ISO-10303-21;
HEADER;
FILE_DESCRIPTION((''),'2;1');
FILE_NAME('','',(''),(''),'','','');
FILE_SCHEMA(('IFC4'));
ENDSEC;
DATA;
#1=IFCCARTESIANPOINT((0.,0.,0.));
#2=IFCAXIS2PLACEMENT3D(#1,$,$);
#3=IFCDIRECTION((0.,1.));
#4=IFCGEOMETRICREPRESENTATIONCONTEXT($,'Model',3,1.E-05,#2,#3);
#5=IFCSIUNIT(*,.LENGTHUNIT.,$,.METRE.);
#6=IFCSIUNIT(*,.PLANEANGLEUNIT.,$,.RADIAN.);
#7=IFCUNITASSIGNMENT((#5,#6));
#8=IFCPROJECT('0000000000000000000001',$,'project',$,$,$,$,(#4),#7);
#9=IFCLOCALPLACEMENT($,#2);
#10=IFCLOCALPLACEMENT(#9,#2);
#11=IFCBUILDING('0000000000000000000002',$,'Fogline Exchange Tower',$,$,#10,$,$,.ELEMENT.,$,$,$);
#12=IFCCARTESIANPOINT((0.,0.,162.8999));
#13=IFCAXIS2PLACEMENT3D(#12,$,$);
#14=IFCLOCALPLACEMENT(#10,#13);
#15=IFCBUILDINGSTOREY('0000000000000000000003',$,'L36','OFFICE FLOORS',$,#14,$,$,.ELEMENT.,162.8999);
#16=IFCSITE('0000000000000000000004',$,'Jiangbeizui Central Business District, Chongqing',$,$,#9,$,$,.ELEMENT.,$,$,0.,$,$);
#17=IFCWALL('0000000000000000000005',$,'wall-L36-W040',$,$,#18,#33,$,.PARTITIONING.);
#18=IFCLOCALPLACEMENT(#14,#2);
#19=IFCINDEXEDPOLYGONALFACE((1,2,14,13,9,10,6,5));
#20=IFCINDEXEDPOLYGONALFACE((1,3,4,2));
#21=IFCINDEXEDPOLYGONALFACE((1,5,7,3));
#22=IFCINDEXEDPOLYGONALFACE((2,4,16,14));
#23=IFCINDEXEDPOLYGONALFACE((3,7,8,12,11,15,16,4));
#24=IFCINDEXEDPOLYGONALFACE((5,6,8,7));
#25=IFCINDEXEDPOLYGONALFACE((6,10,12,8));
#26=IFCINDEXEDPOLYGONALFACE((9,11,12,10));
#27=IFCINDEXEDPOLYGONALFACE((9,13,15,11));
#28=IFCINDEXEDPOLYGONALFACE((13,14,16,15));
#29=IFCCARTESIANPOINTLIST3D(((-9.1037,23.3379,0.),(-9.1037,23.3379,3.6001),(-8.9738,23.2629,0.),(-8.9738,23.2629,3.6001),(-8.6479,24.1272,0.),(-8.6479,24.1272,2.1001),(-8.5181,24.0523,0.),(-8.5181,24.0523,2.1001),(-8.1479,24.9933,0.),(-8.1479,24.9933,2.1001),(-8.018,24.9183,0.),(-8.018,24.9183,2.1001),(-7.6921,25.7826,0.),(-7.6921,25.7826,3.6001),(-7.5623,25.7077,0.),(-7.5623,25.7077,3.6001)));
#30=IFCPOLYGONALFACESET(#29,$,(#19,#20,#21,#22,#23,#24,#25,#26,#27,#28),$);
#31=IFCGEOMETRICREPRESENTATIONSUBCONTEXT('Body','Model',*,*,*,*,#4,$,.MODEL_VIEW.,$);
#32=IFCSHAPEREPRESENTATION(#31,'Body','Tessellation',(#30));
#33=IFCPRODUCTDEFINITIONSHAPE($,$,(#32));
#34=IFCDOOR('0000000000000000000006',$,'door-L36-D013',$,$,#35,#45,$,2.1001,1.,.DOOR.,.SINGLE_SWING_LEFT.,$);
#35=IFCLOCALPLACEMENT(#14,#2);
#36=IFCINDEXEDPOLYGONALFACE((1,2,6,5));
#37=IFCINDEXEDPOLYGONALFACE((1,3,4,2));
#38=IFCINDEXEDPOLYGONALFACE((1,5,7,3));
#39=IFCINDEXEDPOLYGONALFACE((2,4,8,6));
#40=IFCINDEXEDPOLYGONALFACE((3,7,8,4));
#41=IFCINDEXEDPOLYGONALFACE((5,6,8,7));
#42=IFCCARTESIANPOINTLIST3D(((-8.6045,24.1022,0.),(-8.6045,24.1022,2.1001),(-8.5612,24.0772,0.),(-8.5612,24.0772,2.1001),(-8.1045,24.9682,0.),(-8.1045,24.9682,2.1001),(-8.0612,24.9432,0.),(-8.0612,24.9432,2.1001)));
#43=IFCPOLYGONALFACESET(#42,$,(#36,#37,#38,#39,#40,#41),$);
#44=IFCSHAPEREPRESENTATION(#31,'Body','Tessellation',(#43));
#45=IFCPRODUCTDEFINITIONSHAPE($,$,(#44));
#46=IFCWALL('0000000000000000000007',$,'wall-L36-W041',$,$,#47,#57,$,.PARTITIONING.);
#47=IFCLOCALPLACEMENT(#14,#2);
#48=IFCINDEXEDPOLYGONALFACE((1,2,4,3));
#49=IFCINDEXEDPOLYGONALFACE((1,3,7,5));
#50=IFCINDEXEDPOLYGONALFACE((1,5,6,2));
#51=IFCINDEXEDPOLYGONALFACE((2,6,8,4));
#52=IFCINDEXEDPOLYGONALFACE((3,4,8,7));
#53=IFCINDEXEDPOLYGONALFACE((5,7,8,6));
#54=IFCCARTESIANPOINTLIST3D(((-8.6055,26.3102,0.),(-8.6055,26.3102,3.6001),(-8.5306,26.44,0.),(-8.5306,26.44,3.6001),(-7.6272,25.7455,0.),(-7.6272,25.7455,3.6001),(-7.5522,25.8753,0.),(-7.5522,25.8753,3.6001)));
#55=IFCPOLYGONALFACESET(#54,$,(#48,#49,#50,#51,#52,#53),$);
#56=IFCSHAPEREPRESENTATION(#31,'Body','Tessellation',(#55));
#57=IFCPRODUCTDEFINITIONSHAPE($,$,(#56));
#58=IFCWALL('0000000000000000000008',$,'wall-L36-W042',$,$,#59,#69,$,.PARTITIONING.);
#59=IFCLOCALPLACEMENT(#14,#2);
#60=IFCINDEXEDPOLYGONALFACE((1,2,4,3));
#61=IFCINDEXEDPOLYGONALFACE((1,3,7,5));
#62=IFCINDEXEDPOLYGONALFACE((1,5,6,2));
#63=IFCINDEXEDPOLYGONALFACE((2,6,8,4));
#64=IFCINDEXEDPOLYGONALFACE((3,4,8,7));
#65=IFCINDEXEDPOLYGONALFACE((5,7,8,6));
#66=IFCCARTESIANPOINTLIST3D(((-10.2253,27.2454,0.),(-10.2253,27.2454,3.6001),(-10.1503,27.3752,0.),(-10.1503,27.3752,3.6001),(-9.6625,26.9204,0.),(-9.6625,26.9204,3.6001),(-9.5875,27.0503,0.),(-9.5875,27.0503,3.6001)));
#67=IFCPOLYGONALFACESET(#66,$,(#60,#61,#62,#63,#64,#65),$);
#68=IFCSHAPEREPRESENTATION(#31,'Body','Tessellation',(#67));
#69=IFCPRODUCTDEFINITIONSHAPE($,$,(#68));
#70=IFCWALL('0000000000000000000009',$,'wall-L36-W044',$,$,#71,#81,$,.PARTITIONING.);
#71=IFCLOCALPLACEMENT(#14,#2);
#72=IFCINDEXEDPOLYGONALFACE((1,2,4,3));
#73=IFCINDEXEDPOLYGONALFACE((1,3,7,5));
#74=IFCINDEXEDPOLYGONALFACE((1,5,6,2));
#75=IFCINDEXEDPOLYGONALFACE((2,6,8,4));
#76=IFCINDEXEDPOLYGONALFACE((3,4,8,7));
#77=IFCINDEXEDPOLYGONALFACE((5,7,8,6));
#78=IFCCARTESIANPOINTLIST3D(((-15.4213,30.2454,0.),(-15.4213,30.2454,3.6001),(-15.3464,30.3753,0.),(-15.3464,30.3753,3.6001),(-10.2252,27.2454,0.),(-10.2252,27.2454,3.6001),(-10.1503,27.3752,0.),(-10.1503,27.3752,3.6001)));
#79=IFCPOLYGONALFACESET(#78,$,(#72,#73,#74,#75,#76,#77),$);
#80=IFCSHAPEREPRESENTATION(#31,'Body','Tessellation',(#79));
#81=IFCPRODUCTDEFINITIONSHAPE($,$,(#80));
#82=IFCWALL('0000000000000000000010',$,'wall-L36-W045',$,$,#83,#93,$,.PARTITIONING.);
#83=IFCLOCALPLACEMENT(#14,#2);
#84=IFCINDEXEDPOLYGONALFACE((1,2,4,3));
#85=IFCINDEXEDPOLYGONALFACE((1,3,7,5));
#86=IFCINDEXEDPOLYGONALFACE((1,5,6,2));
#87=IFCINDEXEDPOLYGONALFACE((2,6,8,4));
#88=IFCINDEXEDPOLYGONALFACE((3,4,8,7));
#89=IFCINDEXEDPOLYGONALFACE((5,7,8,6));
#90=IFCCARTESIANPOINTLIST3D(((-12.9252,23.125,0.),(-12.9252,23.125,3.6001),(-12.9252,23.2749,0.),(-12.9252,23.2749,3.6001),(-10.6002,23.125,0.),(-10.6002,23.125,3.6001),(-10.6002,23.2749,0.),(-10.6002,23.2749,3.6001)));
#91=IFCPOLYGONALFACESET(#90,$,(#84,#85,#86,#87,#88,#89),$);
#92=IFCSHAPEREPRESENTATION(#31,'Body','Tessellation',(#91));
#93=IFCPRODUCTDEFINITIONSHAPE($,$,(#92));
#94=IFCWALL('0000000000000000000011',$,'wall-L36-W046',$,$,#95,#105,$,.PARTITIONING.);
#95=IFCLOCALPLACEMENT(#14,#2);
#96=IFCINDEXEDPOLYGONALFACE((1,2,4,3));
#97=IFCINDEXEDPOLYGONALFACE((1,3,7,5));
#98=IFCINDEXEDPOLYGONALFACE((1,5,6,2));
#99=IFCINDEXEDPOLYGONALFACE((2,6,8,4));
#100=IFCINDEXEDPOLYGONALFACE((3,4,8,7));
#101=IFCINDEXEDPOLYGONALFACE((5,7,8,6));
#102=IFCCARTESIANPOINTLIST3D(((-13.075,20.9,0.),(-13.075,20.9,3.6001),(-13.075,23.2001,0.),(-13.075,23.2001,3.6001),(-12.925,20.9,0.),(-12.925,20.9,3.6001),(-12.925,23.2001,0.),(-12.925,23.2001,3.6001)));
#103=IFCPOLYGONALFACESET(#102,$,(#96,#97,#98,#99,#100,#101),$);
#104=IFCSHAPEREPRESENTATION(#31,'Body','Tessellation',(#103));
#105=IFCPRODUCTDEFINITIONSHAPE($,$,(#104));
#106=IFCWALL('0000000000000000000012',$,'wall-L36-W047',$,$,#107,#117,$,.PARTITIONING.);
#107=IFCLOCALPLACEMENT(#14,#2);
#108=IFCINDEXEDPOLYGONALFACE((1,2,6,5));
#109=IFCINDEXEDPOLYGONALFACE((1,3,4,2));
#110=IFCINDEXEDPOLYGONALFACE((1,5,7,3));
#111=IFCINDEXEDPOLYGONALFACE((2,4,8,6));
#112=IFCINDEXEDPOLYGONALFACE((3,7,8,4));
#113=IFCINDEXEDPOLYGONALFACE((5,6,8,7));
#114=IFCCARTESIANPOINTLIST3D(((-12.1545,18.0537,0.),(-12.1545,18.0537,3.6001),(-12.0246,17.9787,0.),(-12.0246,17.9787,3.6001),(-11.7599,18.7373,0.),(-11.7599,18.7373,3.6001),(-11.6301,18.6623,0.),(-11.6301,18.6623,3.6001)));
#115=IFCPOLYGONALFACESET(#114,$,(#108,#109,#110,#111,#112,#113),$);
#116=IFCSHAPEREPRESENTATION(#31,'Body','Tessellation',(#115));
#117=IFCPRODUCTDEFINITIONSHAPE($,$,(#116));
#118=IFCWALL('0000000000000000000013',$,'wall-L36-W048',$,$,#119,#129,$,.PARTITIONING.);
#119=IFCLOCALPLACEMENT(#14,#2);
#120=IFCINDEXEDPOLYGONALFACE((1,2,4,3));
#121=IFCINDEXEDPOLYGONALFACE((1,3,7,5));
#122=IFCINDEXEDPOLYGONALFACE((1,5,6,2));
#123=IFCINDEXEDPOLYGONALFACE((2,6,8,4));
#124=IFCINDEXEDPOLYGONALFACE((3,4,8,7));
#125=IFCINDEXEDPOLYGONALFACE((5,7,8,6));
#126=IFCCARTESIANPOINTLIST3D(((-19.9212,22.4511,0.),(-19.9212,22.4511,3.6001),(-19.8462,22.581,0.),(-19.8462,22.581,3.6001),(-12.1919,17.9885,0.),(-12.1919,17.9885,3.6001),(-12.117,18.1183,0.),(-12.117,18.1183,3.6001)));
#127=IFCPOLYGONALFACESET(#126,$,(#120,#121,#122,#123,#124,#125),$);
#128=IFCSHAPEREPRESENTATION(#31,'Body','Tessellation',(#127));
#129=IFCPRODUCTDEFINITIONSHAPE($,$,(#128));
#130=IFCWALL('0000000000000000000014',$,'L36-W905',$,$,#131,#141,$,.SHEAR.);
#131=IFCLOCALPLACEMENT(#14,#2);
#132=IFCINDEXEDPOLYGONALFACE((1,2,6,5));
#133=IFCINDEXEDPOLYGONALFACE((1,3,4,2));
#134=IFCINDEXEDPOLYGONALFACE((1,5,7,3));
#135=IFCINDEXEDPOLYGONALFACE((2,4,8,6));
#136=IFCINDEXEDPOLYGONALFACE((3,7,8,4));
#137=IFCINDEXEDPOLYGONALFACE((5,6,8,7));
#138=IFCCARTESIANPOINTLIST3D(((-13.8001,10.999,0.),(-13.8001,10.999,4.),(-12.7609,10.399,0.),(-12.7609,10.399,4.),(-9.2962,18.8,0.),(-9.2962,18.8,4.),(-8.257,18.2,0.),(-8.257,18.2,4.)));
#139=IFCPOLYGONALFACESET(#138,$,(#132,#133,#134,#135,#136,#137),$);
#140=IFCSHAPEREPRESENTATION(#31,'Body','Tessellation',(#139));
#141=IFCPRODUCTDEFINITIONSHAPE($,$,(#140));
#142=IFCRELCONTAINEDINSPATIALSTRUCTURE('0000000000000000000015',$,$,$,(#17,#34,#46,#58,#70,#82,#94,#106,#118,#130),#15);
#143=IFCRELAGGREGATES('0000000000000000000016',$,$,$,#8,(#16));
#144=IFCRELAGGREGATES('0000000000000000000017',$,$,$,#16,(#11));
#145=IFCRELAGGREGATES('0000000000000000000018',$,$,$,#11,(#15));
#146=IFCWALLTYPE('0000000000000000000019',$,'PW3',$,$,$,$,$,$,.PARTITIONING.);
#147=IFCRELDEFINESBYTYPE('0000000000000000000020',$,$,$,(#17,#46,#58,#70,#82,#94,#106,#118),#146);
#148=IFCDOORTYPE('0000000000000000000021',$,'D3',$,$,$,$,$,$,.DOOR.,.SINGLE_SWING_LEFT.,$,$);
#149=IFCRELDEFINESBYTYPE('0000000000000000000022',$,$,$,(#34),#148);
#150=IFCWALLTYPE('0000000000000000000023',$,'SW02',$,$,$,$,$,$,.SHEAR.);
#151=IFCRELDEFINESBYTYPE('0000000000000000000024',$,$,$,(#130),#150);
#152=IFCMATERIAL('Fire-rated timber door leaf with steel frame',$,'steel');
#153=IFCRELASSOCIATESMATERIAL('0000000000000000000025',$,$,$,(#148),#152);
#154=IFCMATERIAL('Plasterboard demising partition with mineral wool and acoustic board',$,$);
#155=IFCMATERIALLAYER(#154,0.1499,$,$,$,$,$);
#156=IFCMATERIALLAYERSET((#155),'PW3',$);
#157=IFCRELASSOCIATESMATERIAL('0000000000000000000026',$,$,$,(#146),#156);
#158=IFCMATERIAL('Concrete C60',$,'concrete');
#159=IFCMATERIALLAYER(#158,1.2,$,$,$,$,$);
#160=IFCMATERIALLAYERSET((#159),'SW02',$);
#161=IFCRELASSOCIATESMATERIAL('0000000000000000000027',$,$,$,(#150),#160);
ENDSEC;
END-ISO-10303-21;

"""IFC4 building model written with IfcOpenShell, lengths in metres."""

from ifc_helpers import new_model, si_unit, direction, frame, frame_2d, origin, place, context, subcontext, project, spatial, rectangle, extrude, material, layer, layer_set, type_object, element, fill, save


model = new_model("IFC4")

# Units and contexts
model_context = context("Model", 3, precision=1e-05, world=origin(), true_north=direction((0.0, 1.0)))
body_context = subcontext(model_context, "Body", "Model", "MODEL_VIEW")
ifc_project = project(units=[si_unit("LENGTHUNIT", "METRE"), si_unit("PLANEANGLEUNIT", "RADIAN")], contexts=[model_context])

# Site, building, storey
site_placement = place(None, origin())
site = spatial("IfcSite", under=ifc_project, at=site_placement, Name="Jiangbeizui Central Business District, Chongqing", CompositionType="ELEMENT", RefElevation=0.0)
building_placement = place(site_placement, origin())
building = spatial("IfcBuilding", under=site, at=building_placement, Name="Fogline Exchange Tower", CompositionType="ELEMENT")
storey_placement = place(building_placement, frame((0.0, 0.0, 162.8999)))
storey = spatial("IfcBuildingStorey", under=building, at=storey_placement, Name="L36", Description="OFFICE FLOORS", CompositionType="ELEMENT", Elevation=162.8999)

# Shared definitions
ifc_material_1 = material(Name="Fire-rated timber door leaf with steel frame", Category="steel")
door_type_1 = type_object("IfcDoorType", Name="D3", OperationType="SINGLE_SWING_LEFT", PredefinedType="DOOR", material=ifc_material_1)

# Wall, opening, door
ifc_material_2 = material(Name="Plasterboard demising partition with mineral wool and acoustic board")
ifc_layer_1 = layer(ifc_material_2, 0.1499)
ifc_layer_set_1 = layer_set([ifc_layer_1], Name="PW3")
wall_type_1 = type_object("IfcWallType", Name="PW3", PredefinedType="PARTITIONING", material=ifc_layer_set_1)
wall_1_placement = place(storey_placement, frame((-9.0388, 23.3003, 0.0), z_axis=(0.0, 0.0, 1.0), x_axis=(0.500027, 0.86601, 0.0)))
wall_1 = element("IfcWall", 1, at=wall_1_placement, inside=storey, type_object=wall_type_1, Name="wall-L36-W040", PredefinedType="PARTITIONING", context=body_context, shape_type="SweptSolid", body=[
    extrude(rectangle(XDim=2.823, YDim=0.1499, at=frame_2d((1.4116, 0.0))), origin(), (0.0, 0.0, 1.0), 3.6001),
])
opening_1_placement = place(wall_1_placement, frame((0.9116, 0.0, 0.0)))
opening_1 = element("IfcOpeningElement", 2, at=opening_1_placement, cuts=wall_1, PredefinedType="OPENING", context=body_context, shape_type="SweptSolid", body=[
    extrude(rectangle(XDim=1.0, YDim=2.1001, at=frame_2d((0.5, 1.05))), frame((0.0, 0.085, 0.0), z_axis=(0.0, -1.0, 0.0), x_axis=(1.0, 0.0, 0.0)), (0.0, 0.0, 1.0), 0.1699),
])
door_1_placement = place(opening_1_placement, origin())
door_1 = element("IfcDoor", 3, at=door_1_placement, inside=storey, type_object=door_type_1, Name="door-L36-D013", OperationType="SINGLE_SWING_LEFT", OverallHeight=2.1001, OverallWidth=1.0, PredefinedType="DOOR", context=body_context, shape_type="SweptSolid", body=[
    extrude(rectangle(XDim=1.0, YDim=2.1001, at=frame_2d((0.5, 1.05))), frame((0.0, 0.0249, 0.0), z_axis=(0.0, -1.0, 0.0), x_axis=(1.0, 0.0, 0.0)), (0.0, 0.0, 1.0), 0.05),
])
fill(opening_1, door_1)

# Walls
wall_2_placement = place(storey_placement, frame((-7.5896, 25.8103, 0.0), z_axis=(0.0, 0.0, 1.0), x_axis=(-0.866067, 0.499928, 0.0)))
element("IfcWall", 4, at=wall_2_placement, inside=storey, type_object=wall_type_1, Name="wall-L36-W041", PredefinedType="PARTITIONING", context=body_context, shape_type="SweptSolid", body=[
    extrude(rectangle(XDim=1.1296, YDim=0.1499, at=frame_2d((0.5649, 0.0))), origin(), (0.0, 0.0, 1.0), 3.6001),
])
wall_3_placement = place(storey_placement, frame((-9.625, 26.9854, 0.0), z_axis=(0.0, 0.0, 1.0), x_axis=(-0.865992, 0.500059, 0.0)))
element("IfcWall", 5, at=wall_3_placement, inside=storey, type_object=wall_type_1, Name="wall-L36-W042", PredefinedType="PARTITIONING", context=body_context, shape_type="SweptSolid", body=[
    extrude(rectangle(XDim=0.6499, YDim=0.1499, at=frame_2d((0.325, 0.0))), origin(), (0.0, 0.0, 1.0), 3.6001),
])
wall_4_placement = place(storey_placement, frame((-10.1877, 27.3103, 0.0), z_axis=(0.0, 0.0, 1.0), x_axis=(-0.866021, 0.500008, 0.0)))
element("IfcWall", 6, at=wall_4_placement, inside=storey, type_object=wall_type_1, Name="wall-L36-W044", PredefinedType="PARTITIONING", context=body_context, shape_type="SweptSolid", body=[
    extrude(rectangle(XDim=6.0, YDim=0.1499, at=frame_2d((3.0, 0.0))), origin(), (0.0, 0.0, 1.0), 3.6001),
])
wall_5_placement = place(storey_placement, frame((-10.6001, 23.2, 0.0), z_axis=(0.0, 0.0, 1.0), x_axis=(-1.0, 0.0, 0.0)))
element("IfcWall", 7, at=wall_5_placement, inside=storey, type_object=wall_type_1, Name="wall-L36-W045", PredefinedType="PARTITIONING", context=body_context, shape_type="SweptSolid", body=[
    extrude(rectangle(XDim=2.325, YDim=0.1499, at=frame_2d((1.1626, 0.0))), origin(), (0.0, 0.0, 1.0), 3.6001),
])
wall_6_placement = place(storey_placement, frame((-13.0, 23.2, 0.0), z_axis=(0.0, 0.0, 1.0), x_axis=(0.0, -1.0, 0.0)))
element("IfcWall", 8, at=wall_6_placement, inside=storey, type_object=wall_type_1, Name="wall-L36-W046", PredefinedType="PARTITIONING", context=body_context, shape_type="SweptSolid", body=[
    extrude(rectangle(XDim=2.3, YDim=0.1499, at=frame_2d((1.1499, 0.0))), origin(), (0.0, 0.0, 1.0), 3.6001),
])
wall_7_placement = place(storey_placement, frame((-11.6951, 18.6997, 0.0), z_axis=(0.0, 0.0, 1.0), x_axis=(-0.499865, -0.866103, 0.0)))
element("IfcWall", 9, at=wall_7_placement, inside=storey, type_object=wall_type_1, Name="wall-L36-W047", PredefinedType="PARTITIONING", context=body_context, shape_type="SweptSolid", body=[
    extrude(rectangle(XDim=0.7893, YDim=0.1499, at=frame_2d((0.3945, 0.0))), origin(), (0.0, 0.0, 1.0), 3.6001),
])
wall_8_placement = place(storey_placement, frame((-12.1545, 18.0535, 0.0), z_axis=(0.0, 0.0, 1.0), x_axis=(-0.866017, 0.500014, 0.0)))
element("IfcWall", 10, at=wall_8_placement, inside=storey, type_object=wall_type_1, Name="wall-L36-W048", PredefinedType="PARTITIONING", context=body_context, shape_type="SweptSolid", body=[
    extrude(rectangle(XDim=8.925, YDim=0.1499, at=frame_2d((4.4624, 0.0))), origin(), (0.0, 0.0, 1.0), 3.6001),
])
ifc_material_3 = material(Name="Concrete C60", Category="concrete")
ifc_layer_2 = layer(ifc_material_3, 1.2)
ifc_layer_set_2 = layer_set([ifc_layer_2], Name="SW02")
wall_type_2 = type_object("IfcWallType", Name="SW02", PredefinedType="SHEAR", material=ifc_layer_set_2)
wall_9_placement = place(storey_placement, frame((-8.7766, 18.5, 0.0), z_axis=(0.0, 0.0, 1.0), x_axis=(-0.499999, -0.866026, 0.0)))
element("IfcWall", 11, at=wall_9_placement, inside=storey, type_object=wall_type_2, Name="L36-W905", PredefinedType="SHEAR", context=body_context, shape_type="SweptSolid", body=[
    extrude(rectangle(XDim=9.0078, YDim=1.2, at=frame_2d((4.5039, 0.0))), origin(), (0.0, 0.0, 1.0), 4.0),
])

save(model, "model.ifc")
